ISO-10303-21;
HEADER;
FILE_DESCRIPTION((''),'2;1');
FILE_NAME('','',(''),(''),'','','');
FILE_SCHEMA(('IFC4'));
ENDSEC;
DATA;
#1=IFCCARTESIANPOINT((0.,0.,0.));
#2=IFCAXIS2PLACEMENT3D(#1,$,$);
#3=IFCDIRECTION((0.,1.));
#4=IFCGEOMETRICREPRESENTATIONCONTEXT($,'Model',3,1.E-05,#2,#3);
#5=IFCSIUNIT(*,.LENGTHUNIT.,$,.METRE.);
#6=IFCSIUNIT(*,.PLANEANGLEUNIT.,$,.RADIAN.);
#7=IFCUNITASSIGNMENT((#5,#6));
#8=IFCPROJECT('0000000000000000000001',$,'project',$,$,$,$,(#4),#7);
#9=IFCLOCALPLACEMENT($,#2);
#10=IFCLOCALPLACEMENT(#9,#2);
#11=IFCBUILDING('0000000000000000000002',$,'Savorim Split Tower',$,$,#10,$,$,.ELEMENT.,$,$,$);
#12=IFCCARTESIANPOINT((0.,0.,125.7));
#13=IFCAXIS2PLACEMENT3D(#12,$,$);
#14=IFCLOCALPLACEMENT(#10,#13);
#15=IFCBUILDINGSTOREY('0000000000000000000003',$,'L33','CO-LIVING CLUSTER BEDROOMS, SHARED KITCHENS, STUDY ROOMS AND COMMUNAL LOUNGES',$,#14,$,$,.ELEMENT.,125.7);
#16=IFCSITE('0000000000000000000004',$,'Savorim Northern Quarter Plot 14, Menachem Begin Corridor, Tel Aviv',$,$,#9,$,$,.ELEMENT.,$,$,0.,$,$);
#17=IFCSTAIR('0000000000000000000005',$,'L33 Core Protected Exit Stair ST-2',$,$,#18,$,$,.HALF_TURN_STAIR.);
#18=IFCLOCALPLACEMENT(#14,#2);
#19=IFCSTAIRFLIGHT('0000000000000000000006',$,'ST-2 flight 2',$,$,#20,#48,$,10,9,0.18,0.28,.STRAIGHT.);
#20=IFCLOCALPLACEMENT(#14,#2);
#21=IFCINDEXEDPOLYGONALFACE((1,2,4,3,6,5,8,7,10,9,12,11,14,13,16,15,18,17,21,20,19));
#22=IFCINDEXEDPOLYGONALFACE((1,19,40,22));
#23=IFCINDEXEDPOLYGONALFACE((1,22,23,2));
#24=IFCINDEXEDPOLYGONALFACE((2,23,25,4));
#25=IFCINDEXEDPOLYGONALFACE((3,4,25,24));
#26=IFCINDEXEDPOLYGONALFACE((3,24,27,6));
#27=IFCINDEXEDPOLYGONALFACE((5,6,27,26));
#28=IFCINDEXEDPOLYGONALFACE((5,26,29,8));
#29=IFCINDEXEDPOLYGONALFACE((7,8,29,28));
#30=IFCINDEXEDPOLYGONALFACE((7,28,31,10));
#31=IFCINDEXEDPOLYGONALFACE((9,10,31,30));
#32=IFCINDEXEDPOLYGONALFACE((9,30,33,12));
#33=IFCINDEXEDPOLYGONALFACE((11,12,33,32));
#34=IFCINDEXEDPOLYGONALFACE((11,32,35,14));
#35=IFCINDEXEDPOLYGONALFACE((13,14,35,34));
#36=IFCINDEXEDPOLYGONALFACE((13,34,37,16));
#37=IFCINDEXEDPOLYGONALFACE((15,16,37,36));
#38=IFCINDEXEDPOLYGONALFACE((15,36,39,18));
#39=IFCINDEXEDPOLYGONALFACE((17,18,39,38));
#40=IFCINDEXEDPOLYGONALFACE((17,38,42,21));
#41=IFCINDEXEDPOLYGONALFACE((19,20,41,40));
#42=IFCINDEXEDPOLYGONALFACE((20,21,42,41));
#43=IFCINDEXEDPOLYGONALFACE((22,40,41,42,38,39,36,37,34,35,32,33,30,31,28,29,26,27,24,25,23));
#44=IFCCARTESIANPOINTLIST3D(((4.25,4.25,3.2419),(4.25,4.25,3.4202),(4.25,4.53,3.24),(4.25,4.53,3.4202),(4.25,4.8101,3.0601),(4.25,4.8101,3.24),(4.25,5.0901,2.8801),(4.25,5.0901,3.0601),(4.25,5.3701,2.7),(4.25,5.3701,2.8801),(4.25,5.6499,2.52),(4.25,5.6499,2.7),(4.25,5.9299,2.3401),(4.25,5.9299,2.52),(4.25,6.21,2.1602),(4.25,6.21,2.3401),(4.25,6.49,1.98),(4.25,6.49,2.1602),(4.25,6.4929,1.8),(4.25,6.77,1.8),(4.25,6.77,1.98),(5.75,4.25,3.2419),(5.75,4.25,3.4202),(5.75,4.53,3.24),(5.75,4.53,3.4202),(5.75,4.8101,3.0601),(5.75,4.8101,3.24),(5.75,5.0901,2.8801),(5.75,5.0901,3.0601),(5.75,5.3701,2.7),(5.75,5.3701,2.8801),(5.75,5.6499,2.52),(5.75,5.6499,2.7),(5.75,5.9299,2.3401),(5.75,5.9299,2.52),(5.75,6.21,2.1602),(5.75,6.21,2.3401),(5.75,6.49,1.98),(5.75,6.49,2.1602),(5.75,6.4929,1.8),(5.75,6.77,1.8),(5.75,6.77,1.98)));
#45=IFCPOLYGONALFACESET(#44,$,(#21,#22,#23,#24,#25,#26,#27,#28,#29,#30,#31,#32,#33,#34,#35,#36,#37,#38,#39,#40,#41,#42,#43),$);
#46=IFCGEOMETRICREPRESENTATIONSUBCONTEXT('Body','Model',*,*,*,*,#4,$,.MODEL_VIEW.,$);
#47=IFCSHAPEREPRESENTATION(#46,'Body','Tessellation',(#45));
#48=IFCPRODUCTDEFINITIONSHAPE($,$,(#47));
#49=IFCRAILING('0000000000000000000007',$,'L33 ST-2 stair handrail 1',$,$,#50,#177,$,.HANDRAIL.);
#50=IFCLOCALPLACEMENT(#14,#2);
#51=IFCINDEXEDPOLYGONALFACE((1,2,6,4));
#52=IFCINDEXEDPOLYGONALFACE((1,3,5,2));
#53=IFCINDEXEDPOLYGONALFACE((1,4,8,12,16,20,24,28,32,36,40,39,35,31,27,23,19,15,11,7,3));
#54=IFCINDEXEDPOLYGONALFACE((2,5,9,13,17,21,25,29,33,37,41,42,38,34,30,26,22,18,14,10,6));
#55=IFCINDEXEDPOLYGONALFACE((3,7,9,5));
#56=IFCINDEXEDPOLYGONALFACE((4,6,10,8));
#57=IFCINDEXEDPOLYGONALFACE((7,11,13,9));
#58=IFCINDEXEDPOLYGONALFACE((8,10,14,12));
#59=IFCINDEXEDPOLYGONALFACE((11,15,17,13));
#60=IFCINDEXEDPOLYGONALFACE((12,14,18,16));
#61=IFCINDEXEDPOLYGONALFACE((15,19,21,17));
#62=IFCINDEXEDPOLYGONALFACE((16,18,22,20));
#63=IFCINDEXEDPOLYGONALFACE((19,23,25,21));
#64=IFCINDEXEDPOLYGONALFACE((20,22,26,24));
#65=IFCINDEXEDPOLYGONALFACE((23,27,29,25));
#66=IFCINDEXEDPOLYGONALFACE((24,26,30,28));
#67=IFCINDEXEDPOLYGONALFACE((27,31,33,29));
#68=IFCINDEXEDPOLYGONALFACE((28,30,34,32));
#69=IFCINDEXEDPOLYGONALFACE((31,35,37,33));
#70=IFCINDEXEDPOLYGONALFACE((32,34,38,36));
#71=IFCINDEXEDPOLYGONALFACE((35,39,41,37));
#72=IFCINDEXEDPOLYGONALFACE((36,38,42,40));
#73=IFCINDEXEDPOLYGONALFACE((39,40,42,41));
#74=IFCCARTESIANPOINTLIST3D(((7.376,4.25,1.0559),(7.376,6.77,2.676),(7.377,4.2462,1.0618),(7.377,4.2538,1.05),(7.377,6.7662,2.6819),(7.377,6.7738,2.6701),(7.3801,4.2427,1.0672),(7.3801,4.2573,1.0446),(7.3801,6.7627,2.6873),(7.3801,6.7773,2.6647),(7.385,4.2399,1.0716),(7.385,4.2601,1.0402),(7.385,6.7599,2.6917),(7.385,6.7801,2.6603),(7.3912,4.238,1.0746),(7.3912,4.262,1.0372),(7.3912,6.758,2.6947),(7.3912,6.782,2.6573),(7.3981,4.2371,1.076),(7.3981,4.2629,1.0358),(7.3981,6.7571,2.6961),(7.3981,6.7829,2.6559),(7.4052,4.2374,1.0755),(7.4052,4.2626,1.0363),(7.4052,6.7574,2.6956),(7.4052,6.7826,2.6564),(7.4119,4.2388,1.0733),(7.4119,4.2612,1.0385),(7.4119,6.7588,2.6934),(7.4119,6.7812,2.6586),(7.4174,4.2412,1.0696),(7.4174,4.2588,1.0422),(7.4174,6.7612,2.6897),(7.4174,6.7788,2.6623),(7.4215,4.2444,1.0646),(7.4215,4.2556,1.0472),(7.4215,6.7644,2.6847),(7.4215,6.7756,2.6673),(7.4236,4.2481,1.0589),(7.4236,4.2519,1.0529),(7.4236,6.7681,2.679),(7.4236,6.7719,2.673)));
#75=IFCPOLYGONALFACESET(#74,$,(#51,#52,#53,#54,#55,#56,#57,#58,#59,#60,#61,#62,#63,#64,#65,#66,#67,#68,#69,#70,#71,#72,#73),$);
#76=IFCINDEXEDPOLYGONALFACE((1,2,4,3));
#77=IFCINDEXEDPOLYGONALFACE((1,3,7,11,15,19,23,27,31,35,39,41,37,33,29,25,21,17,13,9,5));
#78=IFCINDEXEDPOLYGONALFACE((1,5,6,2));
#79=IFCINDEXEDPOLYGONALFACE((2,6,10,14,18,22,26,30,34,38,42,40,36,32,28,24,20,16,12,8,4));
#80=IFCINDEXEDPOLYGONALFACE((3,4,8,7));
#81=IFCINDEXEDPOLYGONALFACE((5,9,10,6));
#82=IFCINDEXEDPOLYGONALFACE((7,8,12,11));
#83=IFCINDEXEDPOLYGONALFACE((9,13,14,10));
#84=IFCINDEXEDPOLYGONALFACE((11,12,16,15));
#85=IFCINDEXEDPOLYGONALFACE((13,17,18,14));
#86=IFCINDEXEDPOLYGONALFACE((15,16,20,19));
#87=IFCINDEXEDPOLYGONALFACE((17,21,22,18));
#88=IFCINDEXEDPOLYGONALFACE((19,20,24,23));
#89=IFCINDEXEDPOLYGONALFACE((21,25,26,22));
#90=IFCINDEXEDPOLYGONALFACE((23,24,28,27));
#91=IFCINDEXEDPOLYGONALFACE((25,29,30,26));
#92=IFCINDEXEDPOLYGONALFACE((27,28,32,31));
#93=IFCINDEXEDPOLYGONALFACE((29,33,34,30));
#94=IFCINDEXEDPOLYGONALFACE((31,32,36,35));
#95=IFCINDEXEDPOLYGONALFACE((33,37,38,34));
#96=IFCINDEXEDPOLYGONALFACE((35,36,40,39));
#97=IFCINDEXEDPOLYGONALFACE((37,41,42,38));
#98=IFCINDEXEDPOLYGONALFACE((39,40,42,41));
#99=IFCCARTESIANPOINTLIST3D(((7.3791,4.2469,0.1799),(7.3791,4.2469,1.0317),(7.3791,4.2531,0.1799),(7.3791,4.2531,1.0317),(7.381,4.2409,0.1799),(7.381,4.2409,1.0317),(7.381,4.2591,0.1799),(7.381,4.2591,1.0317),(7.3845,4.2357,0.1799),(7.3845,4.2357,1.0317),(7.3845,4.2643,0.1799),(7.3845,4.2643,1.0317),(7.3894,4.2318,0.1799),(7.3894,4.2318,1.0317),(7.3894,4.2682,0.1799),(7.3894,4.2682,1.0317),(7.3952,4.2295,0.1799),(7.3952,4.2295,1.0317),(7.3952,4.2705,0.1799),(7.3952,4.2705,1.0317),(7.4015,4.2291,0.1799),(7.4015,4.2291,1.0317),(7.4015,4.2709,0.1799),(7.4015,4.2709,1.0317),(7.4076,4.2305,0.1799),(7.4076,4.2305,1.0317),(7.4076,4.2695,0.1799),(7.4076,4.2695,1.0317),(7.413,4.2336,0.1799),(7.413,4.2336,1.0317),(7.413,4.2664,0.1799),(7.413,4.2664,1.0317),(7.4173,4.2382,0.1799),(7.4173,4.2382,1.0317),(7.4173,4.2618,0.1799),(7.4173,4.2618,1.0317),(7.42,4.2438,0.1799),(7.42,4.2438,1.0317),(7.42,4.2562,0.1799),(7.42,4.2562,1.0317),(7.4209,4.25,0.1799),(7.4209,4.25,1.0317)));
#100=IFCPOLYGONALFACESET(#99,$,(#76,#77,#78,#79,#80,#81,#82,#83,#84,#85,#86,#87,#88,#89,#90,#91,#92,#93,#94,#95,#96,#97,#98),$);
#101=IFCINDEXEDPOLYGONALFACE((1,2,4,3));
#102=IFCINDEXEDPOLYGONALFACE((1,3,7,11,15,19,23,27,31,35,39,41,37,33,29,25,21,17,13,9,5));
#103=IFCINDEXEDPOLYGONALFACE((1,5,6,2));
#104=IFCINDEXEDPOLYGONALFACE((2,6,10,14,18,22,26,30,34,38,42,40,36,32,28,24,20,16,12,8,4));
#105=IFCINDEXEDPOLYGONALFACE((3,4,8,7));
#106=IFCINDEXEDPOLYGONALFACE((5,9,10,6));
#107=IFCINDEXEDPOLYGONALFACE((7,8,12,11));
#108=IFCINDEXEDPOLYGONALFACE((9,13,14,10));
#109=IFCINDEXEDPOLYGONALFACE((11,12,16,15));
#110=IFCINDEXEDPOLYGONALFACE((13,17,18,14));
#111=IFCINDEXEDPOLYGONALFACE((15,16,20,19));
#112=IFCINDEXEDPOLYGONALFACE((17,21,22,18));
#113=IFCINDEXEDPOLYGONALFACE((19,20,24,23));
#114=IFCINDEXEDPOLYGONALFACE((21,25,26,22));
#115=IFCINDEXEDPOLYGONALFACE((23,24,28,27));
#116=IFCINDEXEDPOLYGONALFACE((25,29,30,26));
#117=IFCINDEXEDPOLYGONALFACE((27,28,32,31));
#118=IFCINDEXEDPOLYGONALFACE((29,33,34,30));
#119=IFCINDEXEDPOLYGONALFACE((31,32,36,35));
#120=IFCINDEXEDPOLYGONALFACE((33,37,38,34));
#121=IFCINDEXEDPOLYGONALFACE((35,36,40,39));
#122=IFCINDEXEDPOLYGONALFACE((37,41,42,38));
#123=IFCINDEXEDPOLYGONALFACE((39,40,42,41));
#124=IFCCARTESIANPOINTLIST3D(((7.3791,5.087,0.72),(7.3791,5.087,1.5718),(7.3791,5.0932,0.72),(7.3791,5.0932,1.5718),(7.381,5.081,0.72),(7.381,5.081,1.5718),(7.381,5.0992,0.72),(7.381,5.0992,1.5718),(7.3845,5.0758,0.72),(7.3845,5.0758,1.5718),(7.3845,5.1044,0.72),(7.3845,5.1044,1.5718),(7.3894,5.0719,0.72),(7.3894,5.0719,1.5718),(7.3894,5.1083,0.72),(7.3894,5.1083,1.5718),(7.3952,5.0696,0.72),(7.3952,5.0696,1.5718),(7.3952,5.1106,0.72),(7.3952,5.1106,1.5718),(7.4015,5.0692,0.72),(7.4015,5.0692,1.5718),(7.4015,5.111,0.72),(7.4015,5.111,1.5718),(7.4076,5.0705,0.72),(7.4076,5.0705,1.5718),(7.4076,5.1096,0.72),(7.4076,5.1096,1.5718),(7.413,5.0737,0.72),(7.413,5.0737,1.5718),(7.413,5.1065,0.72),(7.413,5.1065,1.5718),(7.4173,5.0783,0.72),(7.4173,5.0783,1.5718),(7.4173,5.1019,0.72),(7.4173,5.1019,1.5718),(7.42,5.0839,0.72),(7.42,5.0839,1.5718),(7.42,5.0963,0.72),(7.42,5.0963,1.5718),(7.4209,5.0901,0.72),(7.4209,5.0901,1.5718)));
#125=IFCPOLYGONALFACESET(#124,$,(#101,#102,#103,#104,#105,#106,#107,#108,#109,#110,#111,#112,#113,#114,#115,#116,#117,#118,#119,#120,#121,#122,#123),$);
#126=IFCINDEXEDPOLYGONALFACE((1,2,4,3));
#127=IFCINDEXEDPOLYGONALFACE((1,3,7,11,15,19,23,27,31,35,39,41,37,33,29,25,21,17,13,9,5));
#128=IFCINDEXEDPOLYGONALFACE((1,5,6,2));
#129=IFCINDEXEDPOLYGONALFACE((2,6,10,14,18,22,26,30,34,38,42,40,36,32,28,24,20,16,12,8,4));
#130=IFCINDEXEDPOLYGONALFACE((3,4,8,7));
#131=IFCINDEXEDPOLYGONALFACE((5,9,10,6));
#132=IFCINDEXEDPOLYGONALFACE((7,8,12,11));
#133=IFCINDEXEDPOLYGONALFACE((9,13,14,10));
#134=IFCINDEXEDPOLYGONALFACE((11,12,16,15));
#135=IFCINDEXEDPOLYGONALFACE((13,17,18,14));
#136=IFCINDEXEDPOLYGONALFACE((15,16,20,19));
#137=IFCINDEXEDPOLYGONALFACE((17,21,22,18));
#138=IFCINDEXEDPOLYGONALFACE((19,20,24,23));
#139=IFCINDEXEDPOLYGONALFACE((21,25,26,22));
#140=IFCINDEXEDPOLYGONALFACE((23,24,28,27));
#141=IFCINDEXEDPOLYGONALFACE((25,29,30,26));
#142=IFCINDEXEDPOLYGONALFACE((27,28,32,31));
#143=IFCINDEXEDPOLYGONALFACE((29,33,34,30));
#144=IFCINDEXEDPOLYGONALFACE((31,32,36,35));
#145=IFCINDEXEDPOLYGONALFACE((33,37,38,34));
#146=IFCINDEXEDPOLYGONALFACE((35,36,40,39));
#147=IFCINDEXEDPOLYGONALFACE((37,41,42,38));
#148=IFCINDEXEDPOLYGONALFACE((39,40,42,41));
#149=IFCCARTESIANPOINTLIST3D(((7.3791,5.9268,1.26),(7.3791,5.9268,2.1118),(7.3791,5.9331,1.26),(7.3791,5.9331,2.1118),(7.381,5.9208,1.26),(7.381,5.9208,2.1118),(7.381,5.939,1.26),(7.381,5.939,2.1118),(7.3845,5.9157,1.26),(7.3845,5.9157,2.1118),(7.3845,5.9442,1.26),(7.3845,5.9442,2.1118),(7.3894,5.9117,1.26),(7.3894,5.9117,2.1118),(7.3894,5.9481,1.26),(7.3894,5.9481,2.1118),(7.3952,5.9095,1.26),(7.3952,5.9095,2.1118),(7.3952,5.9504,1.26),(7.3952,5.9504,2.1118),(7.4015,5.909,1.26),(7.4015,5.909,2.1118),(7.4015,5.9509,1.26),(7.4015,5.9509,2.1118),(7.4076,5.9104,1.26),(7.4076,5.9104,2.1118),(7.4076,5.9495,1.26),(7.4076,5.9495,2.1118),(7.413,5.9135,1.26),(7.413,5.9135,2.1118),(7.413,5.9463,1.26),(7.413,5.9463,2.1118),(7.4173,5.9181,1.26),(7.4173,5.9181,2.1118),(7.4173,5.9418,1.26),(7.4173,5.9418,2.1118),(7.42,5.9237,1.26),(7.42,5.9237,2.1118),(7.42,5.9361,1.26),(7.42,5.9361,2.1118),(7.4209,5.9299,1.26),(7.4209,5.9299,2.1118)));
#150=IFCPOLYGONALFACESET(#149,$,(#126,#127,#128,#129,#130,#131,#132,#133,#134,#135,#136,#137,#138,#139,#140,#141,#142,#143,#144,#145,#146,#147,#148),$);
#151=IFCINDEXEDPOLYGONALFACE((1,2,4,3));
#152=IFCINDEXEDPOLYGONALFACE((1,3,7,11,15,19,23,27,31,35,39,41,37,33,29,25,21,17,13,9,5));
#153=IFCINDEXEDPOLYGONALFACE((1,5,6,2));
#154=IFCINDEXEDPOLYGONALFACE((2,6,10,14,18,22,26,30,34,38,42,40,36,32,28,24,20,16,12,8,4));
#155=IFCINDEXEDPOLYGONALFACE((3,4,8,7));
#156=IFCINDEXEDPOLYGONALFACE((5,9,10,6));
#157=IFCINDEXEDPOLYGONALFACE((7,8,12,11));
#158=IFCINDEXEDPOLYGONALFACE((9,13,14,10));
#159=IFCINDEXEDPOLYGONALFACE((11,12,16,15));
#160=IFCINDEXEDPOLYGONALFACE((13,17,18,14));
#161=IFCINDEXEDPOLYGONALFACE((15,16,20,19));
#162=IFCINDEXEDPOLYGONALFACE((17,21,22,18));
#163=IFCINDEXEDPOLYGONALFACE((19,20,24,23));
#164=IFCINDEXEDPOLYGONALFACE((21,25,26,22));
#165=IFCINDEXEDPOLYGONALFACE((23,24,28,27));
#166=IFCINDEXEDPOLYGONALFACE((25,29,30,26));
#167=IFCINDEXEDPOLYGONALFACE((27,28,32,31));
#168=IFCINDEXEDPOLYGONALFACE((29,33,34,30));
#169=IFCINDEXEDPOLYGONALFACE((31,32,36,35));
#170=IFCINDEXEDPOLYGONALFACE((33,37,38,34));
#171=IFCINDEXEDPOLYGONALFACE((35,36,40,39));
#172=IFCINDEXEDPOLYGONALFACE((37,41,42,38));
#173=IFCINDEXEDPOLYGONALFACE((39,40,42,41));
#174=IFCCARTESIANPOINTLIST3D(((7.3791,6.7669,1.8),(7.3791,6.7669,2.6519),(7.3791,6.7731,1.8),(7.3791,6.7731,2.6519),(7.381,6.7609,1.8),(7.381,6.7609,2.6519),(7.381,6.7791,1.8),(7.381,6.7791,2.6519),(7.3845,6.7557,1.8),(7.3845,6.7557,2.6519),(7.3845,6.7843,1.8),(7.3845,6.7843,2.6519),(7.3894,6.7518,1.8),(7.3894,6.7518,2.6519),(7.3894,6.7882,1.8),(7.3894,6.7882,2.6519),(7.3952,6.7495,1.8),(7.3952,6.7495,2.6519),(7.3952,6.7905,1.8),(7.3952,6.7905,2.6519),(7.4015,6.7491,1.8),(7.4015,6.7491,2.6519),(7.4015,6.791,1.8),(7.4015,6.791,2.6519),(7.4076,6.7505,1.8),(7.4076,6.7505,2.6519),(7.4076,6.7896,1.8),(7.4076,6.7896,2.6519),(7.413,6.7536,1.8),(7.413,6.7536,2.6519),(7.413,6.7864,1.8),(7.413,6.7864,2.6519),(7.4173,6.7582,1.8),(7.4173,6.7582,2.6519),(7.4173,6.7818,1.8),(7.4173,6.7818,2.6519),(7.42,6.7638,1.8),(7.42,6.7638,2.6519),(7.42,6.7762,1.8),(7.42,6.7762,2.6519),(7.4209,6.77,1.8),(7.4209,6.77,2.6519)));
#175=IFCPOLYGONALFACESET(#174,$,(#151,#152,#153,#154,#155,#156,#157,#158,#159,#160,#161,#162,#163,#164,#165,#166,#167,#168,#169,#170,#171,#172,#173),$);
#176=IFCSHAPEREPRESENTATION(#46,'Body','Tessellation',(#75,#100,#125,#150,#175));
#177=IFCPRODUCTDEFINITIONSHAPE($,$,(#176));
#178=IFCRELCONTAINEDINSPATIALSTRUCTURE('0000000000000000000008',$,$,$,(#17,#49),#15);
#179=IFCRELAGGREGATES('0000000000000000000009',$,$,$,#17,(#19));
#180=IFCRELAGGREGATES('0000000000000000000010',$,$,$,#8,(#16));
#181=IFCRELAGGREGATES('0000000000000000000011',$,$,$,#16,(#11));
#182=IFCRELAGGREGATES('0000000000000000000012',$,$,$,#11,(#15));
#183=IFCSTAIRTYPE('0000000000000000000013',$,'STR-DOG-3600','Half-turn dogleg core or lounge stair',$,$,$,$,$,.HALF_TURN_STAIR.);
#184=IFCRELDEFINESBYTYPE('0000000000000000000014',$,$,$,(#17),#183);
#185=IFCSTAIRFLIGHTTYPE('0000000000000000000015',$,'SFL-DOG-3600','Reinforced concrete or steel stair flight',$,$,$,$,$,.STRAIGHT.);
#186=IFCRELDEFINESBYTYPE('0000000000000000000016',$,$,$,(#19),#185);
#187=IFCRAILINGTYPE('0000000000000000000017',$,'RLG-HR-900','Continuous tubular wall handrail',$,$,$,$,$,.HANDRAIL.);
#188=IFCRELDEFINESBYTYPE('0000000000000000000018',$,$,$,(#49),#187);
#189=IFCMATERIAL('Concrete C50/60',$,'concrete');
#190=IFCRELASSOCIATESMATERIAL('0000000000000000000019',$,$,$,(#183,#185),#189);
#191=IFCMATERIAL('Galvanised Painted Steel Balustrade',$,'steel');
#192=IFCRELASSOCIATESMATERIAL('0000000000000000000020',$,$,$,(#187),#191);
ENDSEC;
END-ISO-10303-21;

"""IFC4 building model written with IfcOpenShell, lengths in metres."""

from ifc_helpers import new_model, si_unit, direction, frame, origin, origin_2d, place, context, subcontext, project, spatial, polyline, circle, outline, extrude, material, type_object, element, aggregate, save


model = new_model("IFC4")

# Units and contexts
model_context = context("Model", 3, precision=1e-05, world=origin(), true_north=direction((0.0, 1.0)))
body_context = subcontext(model_context, "Body", "Model", "MODEL_VIEW")
ifc_project = project(units=[si_unit("LENGTHUNIT", "METRE"), si_unit("PLANEANGLEUNIT", "RADIAN")], contexts=[model_context])

# Site, building, storey
site_placement = place(None, origin())
site = spatial("IfcSite", under=ifc_project, at=site_placement, Name="Savorim Northern Quarter Plot 14, Menachem Begin Corridor, Tel Aviv", CompositionType="ELEMENT", RefElevation=0.0)
building_placement = place(site_placement, origin())
building = spatial("IfcBuilding", under=site, at=building_placement, Name="Savorim Split Tower", CompositionType="ELEMENT")
storey_placement = place(building_placement, frame((0.0, 0.0, 125.7)))
storey = spatial("IfcBuildingStorey", under=building, at=storey_placement, Name="L33", Description="CO-LIVING CLUSTER BEDROOMS, SHARED KITCHENS, STUDY ROOMS AND COMMUNAL LOUNGES", CompositionType="ELEMENT", Elevation=125.7)

# Shared definitions
ifc_material_1 = material(Name="Concrete C50/60", Category="concrete")

# Stair, stair flight
stair_type = type_object("IfcStairType", Name="STR-DOG-3600", Description="Half-turn dogleg core or lounge stair", PredefinedType="HALF_TURN_STAIR", material=ifc_material_1)
stair_placement = place(storey_placement, origin())
stair = element("IfcStair", 1, at=stair_placement, inside=storey, type_object=stair_type, Name="L33 Core Protected Exit Stair ST-2", PredefinedType="HALF_TURN_STAIR")
stair_flight_type = type_object("IfcStairFlightType", Name="SFL-DOG-3600", Description="Reinforced concrete or steel stair flight", PredefinedType="STRAIGHT", material=ifc_material_1)
stair_flight_1_placement = place(storey_placement, frame((5.0, 6.77, 1.8), z_axis=(0.0, 0.0, 1.0), x_axis=(0.0, -1.0, 0.0)))
stair_flight_1 = element("IfcStairFlight", 2, at=stair_flight_1_placement, type_object=stair_flight_type, Name="ST-2 flight 2", NumberOfRisers=10, NumberOfTreads=9, PredefinedType="STRAIGHT", RiserHeight=0.18, TreadLength=0.28, context=body_context, shape_type="SweptSolid", body=[
    extrude(outline(polyline([(0.0, 0.0), (0.0, 0.1799), (0.28, 0.1799), (0.28, 0.3601), (0.5601, 0.3601), (0.5601, 0.54), (0.8401, 0.54), (0.8401, 0.72), (1.1201, 0.72), (1.1201, 0.8999), (1.3999, 0.8999), (1.3999, 1.0801), (1.6799, 1.0801), (1.6799, 1.26), (1.96, 1.26), (1.96, 1.4399), (2.24, 1.4399), (2.24, 1.6201), (2.52, 1.6201), (2.52, 1.8), (2.52, 1.4419), (0.2771, 0.0), (0.0, 0.0)])), frame((0.0, 0.75, 0.0), z_axis=(0.0, -1.0, 0.0), x_axis=(1.0, 0.0, 0.0)), (0.0, 0.0, 1.0), 1.5),
])
aggregate(stair, [stair_flight_1])

# Railing
ifc_material_2 = material(Name="Galvanised Painted Steel Balustrade", Category="steel")
railing_type_1 = type_object("IfcRailingType", Name="RLG-HR-900", Description="Continuous tubular wall handrail", PredefinedType="HANDRAIL", material=ifc_material_2)
railing_1_placement = place(storey_placement, frame((7.3999, 4.25, 0.1799)))
element("IfcRailing", 3, at=railing_1_placement, inside=storey, type_object=railing_type_1, Name="L33 ST-2 stair handrail 1", PredefinedType="HANDRAIL", context=body_context, shape_type="SweptSolid", body=[
    extrude(circle(Radius=0.0239, at=origin_2d()), frame((0.0, 0.0, 0.876), z_axis=(0.0, 0.841163, 0.540782), x_axis=(-1.0, 0.0, 0.0)), (0.0, 0.0, 1.0), 2.9958),
    extrude(circle(Radius=0.021, at=origin_2d()), origin(), (0.0, 0.0, 1.0), 0.8518),
    extrude(circle(Radius=0.021, at=origin_2d()), frame((0.0, 0.8401, 0.54)), (0.0, 0.0, 1.0), 0.8518),
    extrude(circle(Radius=0.021, at=origin_2d()), frame((0.0, 1.6799, 1.0801)), (0.0, 0.0, 1.0), 0.8518),
    extrude(circle(Radius=0.021, at=origin_2d()), frame((0.0, 2.52, 1.6201)), (0.0, 0.0, 1.0), 0.8518),
])

save(model, "model.ifc")
